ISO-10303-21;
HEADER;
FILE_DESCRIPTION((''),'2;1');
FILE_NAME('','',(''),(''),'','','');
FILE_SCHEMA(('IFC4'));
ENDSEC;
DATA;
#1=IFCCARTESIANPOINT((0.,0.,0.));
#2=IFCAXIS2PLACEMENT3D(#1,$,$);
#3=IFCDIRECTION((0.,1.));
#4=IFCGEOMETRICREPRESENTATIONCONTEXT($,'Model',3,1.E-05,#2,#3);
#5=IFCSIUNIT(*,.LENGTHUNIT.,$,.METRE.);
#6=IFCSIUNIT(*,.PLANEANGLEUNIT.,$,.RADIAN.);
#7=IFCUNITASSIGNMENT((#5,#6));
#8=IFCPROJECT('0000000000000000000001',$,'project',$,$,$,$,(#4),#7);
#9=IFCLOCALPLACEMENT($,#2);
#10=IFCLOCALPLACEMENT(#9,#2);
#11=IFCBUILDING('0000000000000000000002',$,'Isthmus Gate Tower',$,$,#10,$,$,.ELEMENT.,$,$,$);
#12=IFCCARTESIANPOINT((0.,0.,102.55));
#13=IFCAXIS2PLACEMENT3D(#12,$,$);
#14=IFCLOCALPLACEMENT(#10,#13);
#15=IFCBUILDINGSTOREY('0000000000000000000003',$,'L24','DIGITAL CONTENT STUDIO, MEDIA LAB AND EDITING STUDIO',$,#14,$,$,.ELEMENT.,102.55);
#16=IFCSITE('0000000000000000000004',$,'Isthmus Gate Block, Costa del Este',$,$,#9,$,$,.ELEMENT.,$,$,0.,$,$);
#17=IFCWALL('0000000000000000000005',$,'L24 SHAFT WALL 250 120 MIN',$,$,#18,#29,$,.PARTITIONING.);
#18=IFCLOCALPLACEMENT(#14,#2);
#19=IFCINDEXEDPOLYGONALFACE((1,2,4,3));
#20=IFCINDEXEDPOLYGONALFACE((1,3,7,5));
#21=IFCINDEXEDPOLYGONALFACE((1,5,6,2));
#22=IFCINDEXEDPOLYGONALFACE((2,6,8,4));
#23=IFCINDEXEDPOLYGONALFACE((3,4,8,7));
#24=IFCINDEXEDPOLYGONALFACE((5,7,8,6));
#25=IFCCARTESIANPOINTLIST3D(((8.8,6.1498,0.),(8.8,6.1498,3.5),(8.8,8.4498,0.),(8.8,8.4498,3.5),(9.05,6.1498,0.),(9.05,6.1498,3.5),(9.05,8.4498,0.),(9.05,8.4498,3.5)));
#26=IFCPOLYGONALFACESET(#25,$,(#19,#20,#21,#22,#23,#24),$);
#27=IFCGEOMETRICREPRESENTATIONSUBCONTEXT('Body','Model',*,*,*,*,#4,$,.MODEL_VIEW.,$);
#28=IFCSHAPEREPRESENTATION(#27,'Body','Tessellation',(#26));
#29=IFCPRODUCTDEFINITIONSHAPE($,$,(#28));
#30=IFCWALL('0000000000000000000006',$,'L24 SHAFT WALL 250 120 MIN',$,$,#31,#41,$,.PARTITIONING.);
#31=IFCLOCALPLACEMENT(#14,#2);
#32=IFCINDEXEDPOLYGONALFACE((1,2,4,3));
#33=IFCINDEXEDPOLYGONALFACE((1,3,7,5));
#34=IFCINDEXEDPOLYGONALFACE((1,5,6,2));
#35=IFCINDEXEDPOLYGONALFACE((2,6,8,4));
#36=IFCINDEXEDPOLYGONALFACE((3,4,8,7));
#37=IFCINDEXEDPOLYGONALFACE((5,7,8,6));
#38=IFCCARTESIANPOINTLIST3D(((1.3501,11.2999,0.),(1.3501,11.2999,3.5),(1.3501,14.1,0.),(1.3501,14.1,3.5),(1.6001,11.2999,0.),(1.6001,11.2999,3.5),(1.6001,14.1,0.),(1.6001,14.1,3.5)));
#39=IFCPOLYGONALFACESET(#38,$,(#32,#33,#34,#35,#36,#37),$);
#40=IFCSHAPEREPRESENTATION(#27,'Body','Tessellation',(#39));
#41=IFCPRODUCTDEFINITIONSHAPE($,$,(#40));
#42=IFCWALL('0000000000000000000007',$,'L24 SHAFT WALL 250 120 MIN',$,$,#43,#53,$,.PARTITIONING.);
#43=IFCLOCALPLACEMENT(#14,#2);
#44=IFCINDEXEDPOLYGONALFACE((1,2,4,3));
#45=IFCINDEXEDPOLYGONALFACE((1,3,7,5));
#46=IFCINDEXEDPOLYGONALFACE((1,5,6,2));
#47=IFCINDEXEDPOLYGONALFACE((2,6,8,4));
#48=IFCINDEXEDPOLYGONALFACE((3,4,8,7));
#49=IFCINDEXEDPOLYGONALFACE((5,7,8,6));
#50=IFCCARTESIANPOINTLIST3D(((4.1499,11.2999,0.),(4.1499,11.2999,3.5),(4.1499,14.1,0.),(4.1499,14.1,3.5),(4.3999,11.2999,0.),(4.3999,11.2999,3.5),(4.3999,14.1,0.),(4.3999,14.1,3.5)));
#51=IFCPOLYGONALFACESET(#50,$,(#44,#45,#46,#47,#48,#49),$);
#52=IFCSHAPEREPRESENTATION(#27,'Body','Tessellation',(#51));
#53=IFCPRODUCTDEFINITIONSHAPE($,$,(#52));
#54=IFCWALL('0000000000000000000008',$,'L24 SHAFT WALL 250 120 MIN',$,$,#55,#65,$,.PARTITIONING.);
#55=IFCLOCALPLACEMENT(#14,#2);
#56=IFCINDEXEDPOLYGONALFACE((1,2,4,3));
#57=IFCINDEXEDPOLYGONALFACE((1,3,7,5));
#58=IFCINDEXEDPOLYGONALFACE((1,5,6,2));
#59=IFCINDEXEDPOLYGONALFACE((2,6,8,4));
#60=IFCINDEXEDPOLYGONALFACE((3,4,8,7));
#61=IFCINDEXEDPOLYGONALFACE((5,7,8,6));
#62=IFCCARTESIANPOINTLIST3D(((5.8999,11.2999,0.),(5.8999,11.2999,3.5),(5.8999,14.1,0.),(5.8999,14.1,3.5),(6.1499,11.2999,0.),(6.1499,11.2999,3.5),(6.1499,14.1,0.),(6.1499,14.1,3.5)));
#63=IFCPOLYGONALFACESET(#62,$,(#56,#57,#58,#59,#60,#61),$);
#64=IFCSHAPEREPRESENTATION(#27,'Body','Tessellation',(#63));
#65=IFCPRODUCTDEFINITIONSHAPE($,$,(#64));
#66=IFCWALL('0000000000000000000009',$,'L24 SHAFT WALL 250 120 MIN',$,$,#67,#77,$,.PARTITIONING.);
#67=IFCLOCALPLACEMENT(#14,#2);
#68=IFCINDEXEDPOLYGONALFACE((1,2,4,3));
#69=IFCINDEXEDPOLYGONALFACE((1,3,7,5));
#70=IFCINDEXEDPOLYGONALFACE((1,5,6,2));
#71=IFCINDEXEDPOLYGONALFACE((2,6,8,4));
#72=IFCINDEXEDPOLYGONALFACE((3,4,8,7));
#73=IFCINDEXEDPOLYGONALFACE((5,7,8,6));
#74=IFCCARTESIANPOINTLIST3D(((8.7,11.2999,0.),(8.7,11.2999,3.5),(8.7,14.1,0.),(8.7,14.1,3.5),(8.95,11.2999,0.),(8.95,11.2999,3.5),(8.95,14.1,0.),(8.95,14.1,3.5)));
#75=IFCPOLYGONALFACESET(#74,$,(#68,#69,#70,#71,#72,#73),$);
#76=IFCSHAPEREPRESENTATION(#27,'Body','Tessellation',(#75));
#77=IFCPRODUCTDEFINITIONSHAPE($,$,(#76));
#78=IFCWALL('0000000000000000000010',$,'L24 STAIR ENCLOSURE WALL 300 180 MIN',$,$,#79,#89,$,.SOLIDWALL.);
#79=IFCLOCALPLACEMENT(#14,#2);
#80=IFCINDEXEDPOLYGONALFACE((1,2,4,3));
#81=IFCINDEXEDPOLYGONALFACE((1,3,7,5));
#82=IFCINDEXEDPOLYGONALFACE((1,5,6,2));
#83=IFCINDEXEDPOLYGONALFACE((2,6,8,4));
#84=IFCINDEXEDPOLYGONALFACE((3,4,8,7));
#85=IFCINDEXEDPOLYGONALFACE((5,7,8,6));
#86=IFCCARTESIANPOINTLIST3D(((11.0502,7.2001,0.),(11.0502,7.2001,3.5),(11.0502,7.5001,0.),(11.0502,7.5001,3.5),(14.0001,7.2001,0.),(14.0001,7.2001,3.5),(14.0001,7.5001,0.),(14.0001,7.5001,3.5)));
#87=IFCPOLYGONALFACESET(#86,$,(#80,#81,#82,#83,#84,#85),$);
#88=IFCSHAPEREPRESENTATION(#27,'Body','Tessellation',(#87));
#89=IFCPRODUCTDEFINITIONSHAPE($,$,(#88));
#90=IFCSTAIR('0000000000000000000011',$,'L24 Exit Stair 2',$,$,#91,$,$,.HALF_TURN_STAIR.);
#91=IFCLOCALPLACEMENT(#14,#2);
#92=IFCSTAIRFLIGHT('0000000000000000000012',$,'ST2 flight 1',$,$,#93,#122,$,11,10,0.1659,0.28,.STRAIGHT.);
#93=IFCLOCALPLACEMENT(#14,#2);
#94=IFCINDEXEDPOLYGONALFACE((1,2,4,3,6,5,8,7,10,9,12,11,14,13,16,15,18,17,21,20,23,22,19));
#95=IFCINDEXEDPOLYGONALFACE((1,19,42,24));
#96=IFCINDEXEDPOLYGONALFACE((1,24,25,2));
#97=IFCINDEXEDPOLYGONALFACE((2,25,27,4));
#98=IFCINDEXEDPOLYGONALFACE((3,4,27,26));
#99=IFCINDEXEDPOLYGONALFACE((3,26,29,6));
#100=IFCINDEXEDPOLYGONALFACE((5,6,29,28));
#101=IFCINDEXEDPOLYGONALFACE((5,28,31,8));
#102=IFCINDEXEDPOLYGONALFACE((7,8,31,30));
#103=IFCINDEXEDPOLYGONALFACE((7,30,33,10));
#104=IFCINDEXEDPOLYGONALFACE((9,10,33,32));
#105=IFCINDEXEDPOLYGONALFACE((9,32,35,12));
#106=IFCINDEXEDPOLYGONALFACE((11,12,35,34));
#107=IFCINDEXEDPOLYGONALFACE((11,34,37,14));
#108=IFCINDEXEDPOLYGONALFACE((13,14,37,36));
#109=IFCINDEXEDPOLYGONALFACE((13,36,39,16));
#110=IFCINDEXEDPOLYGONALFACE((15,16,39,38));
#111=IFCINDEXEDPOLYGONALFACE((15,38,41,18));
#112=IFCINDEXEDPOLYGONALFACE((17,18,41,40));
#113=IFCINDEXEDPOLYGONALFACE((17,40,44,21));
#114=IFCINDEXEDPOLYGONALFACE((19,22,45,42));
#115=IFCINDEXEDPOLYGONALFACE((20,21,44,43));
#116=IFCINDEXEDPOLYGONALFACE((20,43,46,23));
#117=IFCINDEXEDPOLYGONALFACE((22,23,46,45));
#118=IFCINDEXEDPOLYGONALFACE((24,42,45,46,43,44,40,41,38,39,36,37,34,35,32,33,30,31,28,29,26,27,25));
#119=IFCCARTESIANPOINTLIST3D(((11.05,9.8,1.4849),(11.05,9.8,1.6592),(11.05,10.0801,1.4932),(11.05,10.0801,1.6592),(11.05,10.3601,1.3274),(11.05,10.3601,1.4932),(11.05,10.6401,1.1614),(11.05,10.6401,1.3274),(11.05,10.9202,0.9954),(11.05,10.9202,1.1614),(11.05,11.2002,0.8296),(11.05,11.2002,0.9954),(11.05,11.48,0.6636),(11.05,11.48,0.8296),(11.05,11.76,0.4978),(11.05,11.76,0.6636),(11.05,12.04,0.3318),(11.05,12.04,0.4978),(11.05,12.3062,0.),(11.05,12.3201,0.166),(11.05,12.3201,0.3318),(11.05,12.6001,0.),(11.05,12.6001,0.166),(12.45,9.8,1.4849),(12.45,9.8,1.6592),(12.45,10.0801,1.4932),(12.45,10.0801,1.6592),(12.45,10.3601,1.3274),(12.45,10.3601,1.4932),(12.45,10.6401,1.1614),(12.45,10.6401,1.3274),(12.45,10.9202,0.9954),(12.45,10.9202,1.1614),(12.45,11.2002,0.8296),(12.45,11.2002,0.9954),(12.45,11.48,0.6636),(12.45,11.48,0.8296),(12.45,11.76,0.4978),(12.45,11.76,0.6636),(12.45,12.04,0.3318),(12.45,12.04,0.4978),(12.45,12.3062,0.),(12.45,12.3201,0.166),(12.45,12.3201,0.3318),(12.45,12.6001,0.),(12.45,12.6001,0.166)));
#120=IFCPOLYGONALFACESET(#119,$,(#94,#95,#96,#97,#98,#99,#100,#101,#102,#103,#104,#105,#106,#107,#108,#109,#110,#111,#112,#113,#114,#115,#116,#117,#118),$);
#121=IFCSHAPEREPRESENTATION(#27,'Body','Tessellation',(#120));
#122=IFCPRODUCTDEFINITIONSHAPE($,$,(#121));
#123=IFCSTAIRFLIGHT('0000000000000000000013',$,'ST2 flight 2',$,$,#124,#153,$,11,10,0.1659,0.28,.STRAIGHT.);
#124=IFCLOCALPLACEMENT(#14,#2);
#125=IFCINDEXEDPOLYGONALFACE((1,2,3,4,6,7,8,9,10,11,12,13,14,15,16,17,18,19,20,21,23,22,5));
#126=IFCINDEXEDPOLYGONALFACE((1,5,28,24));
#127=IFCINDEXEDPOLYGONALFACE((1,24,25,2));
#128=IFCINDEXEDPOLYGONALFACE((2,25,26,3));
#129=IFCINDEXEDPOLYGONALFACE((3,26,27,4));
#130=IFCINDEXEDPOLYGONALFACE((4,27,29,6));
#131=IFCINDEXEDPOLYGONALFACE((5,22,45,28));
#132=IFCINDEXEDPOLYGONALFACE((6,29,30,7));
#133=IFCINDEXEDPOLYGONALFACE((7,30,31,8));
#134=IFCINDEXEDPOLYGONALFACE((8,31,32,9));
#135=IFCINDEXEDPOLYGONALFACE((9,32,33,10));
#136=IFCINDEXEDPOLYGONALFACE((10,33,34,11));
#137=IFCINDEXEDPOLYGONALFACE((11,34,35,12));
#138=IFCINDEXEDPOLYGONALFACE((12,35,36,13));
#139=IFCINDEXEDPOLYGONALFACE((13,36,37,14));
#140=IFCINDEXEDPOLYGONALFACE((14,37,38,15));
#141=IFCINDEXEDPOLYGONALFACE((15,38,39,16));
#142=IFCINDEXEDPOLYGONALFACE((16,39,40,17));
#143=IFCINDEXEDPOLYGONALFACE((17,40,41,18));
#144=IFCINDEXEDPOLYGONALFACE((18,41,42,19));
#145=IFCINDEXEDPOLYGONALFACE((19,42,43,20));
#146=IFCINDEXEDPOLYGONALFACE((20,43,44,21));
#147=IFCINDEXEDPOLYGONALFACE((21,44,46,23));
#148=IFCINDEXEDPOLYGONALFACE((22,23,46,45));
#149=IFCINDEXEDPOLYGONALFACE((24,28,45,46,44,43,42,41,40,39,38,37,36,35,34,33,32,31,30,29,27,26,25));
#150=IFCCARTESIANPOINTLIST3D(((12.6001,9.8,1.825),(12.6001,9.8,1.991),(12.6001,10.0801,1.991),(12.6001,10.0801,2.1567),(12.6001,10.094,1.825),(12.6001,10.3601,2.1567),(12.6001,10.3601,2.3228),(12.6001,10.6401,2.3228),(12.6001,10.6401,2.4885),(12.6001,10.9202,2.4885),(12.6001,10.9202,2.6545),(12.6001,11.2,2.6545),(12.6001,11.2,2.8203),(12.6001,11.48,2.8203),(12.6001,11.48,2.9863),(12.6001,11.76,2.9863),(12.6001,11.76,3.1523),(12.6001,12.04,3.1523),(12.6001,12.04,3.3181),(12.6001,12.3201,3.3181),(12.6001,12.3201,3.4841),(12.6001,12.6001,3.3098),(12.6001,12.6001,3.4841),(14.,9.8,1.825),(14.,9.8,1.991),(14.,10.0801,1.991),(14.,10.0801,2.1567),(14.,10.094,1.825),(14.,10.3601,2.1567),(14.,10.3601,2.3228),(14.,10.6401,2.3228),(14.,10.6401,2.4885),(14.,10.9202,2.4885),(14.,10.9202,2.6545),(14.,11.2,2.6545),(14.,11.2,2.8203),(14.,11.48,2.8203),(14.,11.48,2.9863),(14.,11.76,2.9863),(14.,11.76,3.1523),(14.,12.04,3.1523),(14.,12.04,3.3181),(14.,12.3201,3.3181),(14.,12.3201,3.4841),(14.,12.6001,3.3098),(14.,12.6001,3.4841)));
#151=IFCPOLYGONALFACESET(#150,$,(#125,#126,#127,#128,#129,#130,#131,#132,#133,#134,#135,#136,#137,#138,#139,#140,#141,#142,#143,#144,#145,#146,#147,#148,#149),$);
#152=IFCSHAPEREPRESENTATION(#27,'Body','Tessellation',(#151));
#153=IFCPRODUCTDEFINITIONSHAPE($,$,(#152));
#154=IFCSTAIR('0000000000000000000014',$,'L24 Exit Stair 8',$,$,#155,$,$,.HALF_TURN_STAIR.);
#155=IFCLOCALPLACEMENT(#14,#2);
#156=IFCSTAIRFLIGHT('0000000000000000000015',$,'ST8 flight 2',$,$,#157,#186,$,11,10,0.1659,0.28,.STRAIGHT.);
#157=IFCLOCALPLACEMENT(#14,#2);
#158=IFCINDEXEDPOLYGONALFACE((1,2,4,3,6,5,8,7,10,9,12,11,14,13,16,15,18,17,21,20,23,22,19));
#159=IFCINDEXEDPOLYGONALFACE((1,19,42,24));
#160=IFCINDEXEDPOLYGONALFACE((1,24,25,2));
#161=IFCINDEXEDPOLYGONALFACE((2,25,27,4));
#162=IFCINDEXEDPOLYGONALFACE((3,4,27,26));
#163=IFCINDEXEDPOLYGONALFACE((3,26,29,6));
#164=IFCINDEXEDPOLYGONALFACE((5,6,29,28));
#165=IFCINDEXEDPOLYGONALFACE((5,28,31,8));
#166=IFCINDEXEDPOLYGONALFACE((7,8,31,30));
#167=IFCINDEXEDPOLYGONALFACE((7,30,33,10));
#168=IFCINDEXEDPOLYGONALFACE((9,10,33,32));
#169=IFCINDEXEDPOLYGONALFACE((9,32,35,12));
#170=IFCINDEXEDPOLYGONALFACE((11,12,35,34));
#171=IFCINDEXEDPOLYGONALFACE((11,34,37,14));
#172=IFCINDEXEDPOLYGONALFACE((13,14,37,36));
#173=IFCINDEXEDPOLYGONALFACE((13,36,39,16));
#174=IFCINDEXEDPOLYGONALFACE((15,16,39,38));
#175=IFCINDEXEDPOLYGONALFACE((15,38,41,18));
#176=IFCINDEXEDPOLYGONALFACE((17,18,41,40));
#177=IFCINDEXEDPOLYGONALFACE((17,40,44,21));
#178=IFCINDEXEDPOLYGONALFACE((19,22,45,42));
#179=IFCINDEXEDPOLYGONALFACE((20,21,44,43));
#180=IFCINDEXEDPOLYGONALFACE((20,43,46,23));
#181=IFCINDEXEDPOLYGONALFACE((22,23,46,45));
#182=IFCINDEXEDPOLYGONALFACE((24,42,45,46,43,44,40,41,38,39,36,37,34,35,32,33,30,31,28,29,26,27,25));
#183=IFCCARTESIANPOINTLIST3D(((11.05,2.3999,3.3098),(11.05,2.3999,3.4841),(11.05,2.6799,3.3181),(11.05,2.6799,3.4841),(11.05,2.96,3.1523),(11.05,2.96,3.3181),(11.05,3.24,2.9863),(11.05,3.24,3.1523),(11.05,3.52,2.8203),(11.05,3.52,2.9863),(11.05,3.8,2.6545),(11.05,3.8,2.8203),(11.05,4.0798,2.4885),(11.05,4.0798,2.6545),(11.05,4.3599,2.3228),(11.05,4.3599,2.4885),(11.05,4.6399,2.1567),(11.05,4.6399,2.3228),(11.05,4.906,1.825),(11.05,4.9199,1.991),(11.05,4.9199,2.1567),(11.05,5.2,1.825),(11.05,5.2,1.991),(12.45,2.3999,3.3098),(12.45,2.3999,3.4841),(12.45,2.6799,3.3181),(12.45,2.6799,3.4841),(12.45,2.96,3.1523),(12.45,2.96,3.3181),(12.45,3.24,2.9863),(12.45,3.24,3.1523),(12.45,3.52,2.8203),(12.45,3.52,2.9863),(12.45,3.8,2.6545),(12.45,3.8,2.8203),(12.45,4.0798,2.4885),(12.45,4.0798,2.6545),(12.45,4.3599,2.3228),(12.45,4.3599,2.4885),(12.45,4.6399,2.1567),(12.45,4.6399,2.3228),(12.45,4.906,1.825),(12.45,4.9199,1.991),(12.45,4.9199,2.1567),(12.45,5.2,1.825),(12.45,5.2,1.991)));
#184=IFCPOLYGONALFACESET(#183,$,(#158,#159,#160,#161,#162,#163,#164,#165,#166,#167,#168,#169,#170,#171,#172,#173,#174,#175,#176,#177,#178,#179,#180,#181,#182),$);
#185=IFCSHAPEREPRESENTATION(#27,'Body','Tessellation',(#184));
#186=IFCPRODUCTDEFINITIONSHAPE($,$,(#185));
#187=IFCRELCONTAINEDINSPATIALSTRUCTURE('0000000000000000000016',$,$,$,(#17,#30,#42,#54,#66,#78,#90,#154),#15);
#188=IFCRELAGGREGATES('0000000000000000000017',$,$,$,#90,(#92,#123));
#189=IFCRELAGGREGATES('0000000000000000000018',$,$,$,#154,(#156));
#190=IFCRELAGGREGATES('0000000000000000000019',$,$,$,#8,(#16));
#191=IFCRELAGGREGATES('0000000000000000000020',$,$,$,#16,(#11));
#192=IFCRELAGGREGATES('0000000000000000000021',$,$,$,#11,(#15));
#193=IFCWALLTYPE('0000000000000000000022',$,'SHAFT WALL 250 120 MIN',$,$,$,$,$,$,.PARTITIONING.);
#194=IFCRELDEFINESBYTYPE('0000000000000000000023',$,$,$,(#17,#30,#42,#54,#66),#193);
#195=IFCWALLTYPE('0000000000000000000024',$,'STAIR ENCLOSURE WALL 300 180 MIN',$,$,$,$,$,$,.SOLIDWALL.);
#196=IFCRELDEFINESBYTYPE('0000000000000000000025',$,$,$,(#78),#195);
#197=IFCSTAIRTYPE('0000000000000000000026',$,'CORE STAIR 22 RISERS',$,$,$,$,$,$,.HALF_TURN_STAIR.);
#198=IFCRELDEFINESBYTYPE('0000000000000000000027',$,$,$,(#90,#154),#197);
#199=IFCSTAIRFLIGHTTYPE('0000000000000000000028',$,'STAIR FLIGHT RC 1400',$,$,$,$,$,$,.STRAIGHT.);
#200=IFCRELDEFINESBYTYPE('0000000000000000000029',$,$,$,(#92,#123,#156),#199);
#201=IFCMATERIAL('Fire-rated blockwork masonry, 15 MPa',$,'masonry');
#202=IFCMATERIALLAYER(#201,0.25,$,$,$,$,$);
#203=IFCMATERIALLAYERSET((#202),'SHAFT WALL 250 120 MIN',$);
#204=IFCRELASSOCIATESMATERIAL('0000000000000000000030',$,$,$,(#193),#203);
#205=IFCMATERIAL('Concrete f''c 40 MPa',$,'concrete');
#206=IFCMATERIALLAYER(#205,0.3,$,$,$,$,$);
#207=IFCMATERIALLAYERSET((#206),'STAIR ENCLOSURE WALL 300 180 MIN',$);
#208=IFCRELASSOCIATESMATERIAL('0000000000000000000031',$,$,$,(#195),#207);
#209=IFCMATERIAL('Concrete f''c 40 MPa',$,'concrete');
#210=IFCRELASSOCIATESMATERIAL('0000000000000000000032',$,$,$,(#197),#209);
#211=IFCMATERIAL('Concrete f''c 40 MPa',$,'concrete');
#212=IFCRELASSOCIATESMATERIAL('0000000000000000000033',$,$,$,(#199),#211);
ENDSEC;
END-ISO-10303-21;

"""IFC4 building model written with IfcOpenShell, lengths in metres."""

from ifc_helpers import new_model, si_unit, direction, frame, frame_2d, origin, place, context, subcontext, project, spatial, polyline, rectangle, outline, extrude, material, layer, layer_set, type_object, element, aggregate, save


model = new_model("IFC4")

# Units and contexts
model_context = context("Model", 3, precision=1e-05, world=origin(), true_north=direction((0.0, 1.0)))
body_context = subcontext(model_context, "Body", "Model", "MODEL_VIEW")
ifc_project = project(units=[si_unit("LENGTHUNIT", "METRE"), si_unit("PLANEANGLEUNIT", "RADIAN")], contexts=[model_context])

# Site, building, storey
site_placement = place(None, origin())
site = spatial("IfcSite", under=ifc_project, at=site_placement, Name="Isthmus Gate Block, Costa del Este", CompositionType="ELEMENT", RefElevation=0.0)
building_placement = place(site_placement, origin())
building = spatial("IfcBuilding", under=site, at=building_placement, Name="Isthmus Gate Tower", CompositionType="ELEMENT")
storey_placement = place(building_placement, frame((0.0, 0.0, 102.55)))
storey = spatial("IfcBuildingStorey", under=building, at=storey_placement, Name="L24", Description="DIGITAL CONTENT STUDIO, MEDIA LAB AND EDITING STUDIO", CompositionType="ELEMENT", Elevation=102.55)

# Walls
ifc_material_1 = material(Name="Fire-rated blockwork masonry, 15 MPa", Category="masonry")
ifc_layer_1 = layer(ifc_material_1, 0.25)
ifc_layer_set_1 = layer_set([ifc_layer_1], Name="SHAFT WALL 250 120 MIN")
wall_type_1 = type_object("IfcWallType", Name="SHAFT WALL 250 120 MIN", PredefinedType="PARTITIONING", material=ifc_layer_set_1)
wall_1_placement = place(storey_placement, frame((8.925, 6.1499, 0.0), z_axis=(0.0, 0.0, 1.0), x_axis=(0.0, 1.0, 0.0)))
element("IfcWall", 1, at=wall_1_placement, inside=storey, type_object=wall_type_1, Name="L24 SHAFT WALL 250 120 MIN", PredefinedType="PARTITIONING", context=body_context, shape_type="SweptSolid", body=[
    extrude(rectangle(XDim=2.3, YDim=0.25, at=frame_2d((1.1499, 0.0))), origin(), (0.0, 0.0, 1.0), 3.5),
])
for number, where, z_axis, x_axis, name in (
    (2, (1.4751, 11.3, 0.0), (0.0, 0.0, 1.0), (0.0, 1.0, 0.0), "L24 SHAFT WALL 250 120 MIN"),
    (3, (4.2749, 11.3, 0.0), (0.0, 0.0, 1.0), (0.0, 1.0, 0.0), "L24 SHAFT WALL 250 120 MIN"),
    (4, (6.0249, 11.3, 0.0), (0.0, 0.0, 1.0), (0.0, 1.0, 0.0), "L24 SHAFT WALL 250 120 MIN"),
    (5, (8.825, 11.3, 0.0), (0.0, 0.0, 1.0), (0.0, 1.0, 0.0), "L24 SHAFT WALL 250 120 MIN"),
):
    element("IfcWall", number, at=place(storey_placement, frame(where, z_axis=z_axis, x_axis=x_axis)), inside=storey, type_object=wall_type_1, Name=name, PredefinedType="PARTITIONING", context=body_context, shape_type="SweptSolid", body=[
        extrude(rectangle(XDim=2.8, YDim=0.25, at=frame_2d((1.3999, 0.0))), origin(), (0.0, 0.0, 1.0), 3.5),
    ])
ifc_material_2 = material(Name="Concrete f'c 40 MPa", Category="concrete")
ifc_layer_2 = layer(ifc_material_2, 0.3)
ifc_layer_set_2 = layer_set([ifc_layer_2], Name="STAIR ENCLOSURE WALL 300 180 MIN")
wall_type_2 = type_object("IfcWallType", Name="STAIR ENCLOSURE WALL 300 180 MIN", PredefinedType="SOLIDWALL", material=ifc_layer_set_2)
wall_2_placement = place(storey_placement, frame((11.05, 7.3501, 0.0), z_axis=(0.0, 0.0, 1.0), x_axis=(1.0, 0.0, 0.0)))
element("IfcWall", 6, at=wall_2_placement, inside=storey, type_object=wall_type_2, Name="L24 STAIR ENCLOSURE WALL 300 180 MIN", PredefinedType="SOLIDWALL", context=body_context, shape_type="SweptSolid", body=[
    extrude(rectangle(XDim=2.95, YDim=0.3, at=frame_2d((1.4751, 0.0))), origin(), (0.0, 0.0, 1.0), 3.5),
])

# Stair, stair flights
ifc_material_3 = material(Name="Concrete f'c 40 MPa", Category="concrete")
stair_type = type_object("IfcStairType", Name="CORE STAIR 22 RISERS", PredefinedType="HALF_TURN_STAIR", material=ifc_material_3)
stair_1_placement = place(storey_placement, origin())
stair_1 = element("IfcStair", 7, at=stair_1_placement, inside=storey, type_object=stair_type, Name="L24 Exit Stair 2", PredefinedType="HALF_TURN_STAIR")
ifc_material_4 = material(Name="Concrete f'c 40 MPa", Category="concrete")
stair_flight_type = type_object("IfcStairFlightType", Name="STAIR FLIGHT RC 1400", PredefinedType="STRAIGHT", material=ifc_material_4)
stair_flight_1_placement = place(storey_placement, frame((11.75, 12.6001, 0.0), z_axis=(0.0, 0.0, 1.0), x_axis=(0.0, -1.0, 0.0)))
stair_flight_1 = element("IfcStairFlight", 8, at=stair_flight_1_placement, type_object=stair_flight_type, Name="ST2 flight 1", NumberOfRisers=11, NumberOfTreads=10, PredefinedType="STRAIGHT", RiserHeight=0.1659, TreadLength=0.28, context=body_context, shape_type="SweptSolid", body=[
    extrude(outline(polyline([(0.0, 0.0), (0.0, 0.166), (0.28, 0.166), (0.28, 0.3318), (0.5601, 0.3318), (0.5601, 0.4978), (0.8401, 0.4978), (0.8401, 0.6636), (1.1201, 0.6636), (1.1201, 0.8296), (1.3999, 0.8296), (1.3999, 0.9954), (1.6799, 0.9954), (1.6799, 1.1614), (1.96, 1.1614), (1.96, 1.3274), (2.24, 1.3274), (2.24, 1.4932), (2.52, 1.4932), (2.52, 1.6592), (2.8, 1.6592), (2.8, 1.825), (2.8, 1.4849), (0.2939, 0.0), (0.0, 0.0)])), frame((0.0, 0.7, 0.0), z_axis=(0.0, -1.0, 0.0), x_axis=(1.0, 0.0, 0.0)), (0.0, 0.0, 1.0), 1.3999),
])
stair_flight_2_placement = place(storey_placement, frame((13.3, 9.8, 1.825), z_axis=(0.0, 0.0, 1.0), x_axis=(0.0, 1.0, 0.0)))
stair_flight_2 = element("IfcStairFlight", 9, at=stair_flight_2_placement, type_object=stair_flight_type, Name="ST2 flight 2", NumberOfRisers=11, NumberOfTreads=10, PredefinedType="STRAIGHT", RiserHeight=0.1659, TreadLength=0.28, context=body_context, shape_type="SweptSolid", body=[
    extrude(outline(polyline([(0.0, 0.0), (0.0, 0.166), (0.28, 0.166), (0.28, 0.3318), (0.5601, 0.3318), (0.5601, 0.4978), (0.8401, 0.4978), (0.8401, 0.6636), (1.1201, 0.6636), (1.1201, 0.8296), (1.3999, 0.8296), (1.3999, 0.9954), (1.6799, 0.9954), (1.6799, 1.1614), (1.96, 1.1614), (1.96, 1.3274), (2.24, 1.3274), (2.24, 1.4932), (2.52, 1.4932), (2.52, 1.6592), (2.8, 1.6592), (2.8, 1.825), (2.8, 1.4849), (0.2939, 0.0), (0.0, 0.0)])), frame((0.0, 0.7, 0.0), z_axis=(0.0, -1.0, 0.0), x_axis=(1.0, 0.0, 0.0)), (0.0, 0.0, 1.0), 1.3999),
])
aggregate(stair_1, [stair_flight_1, stair_flight_2])

# Stair, stair flight
stair_2_placement = place(storey_placement, origin())
stair_2 = element("IfcStair", 10, at=stair_2_placement, inside=storey, type_object=stair_type, Name="L24 Exit Stair 8", PredefinedType="HALF_TURN_STAIR")
stair_flight_3_placement = place(storey_placement, frame((11.75, 5.2, 1.825), z_axis=(0.0, 0.0, 1.0), x_axis=(0.0, -1.0, 0.0)))
stair_flight_3 = element("IfcStairFlight", 11, at=stair_flight_3_placement, type_object=stair_flight_type, Name="ST8 flight 2", NumberOfRisers=11, NumberOfTreads=10, PredefinedType="STRAIGHT", RiserHeight=0.1659, TreadLength=0.28, context=body_context, shape_type="SweptSolid", body=[
    extrude(outline(polyline([(0.0, 0.0), (0.0, 0.166), (0.28, 0.166), (0.28, 0.3318), (0.5601, 0.3318), (0.5601, 0.4978), (0.8401, 0.4978), (0.8401, 0.6636), (1.1201, 0.6636), (1.1201, 0.8296), (1.3999, 0.8296), (1.3999, 0.9954), (1.6799, 0.9954), (1.6799, 1.1614), (1.96, 1.1614), (1.96, 1.3274), (2.24, 1.3274), (2.24, 1.4932), (2.52, 1.4932), (2.52, 1.6592), (2.8, 1.6592), (2.8, 1.825), (2.8, 1.4849), (0.2939, 0.0), (0.0, 0.0)])), frame((0.0, 0.7, 0.0), z_axis=(0.0, -1.0, 0.0), x_axis=(1.0, 0.0, 0.0)), (0.0, 0.0, 1.0), 1.3999),
])
aggregate(stair_2, [stair_flight_3])

save(model, "model.ifc")
